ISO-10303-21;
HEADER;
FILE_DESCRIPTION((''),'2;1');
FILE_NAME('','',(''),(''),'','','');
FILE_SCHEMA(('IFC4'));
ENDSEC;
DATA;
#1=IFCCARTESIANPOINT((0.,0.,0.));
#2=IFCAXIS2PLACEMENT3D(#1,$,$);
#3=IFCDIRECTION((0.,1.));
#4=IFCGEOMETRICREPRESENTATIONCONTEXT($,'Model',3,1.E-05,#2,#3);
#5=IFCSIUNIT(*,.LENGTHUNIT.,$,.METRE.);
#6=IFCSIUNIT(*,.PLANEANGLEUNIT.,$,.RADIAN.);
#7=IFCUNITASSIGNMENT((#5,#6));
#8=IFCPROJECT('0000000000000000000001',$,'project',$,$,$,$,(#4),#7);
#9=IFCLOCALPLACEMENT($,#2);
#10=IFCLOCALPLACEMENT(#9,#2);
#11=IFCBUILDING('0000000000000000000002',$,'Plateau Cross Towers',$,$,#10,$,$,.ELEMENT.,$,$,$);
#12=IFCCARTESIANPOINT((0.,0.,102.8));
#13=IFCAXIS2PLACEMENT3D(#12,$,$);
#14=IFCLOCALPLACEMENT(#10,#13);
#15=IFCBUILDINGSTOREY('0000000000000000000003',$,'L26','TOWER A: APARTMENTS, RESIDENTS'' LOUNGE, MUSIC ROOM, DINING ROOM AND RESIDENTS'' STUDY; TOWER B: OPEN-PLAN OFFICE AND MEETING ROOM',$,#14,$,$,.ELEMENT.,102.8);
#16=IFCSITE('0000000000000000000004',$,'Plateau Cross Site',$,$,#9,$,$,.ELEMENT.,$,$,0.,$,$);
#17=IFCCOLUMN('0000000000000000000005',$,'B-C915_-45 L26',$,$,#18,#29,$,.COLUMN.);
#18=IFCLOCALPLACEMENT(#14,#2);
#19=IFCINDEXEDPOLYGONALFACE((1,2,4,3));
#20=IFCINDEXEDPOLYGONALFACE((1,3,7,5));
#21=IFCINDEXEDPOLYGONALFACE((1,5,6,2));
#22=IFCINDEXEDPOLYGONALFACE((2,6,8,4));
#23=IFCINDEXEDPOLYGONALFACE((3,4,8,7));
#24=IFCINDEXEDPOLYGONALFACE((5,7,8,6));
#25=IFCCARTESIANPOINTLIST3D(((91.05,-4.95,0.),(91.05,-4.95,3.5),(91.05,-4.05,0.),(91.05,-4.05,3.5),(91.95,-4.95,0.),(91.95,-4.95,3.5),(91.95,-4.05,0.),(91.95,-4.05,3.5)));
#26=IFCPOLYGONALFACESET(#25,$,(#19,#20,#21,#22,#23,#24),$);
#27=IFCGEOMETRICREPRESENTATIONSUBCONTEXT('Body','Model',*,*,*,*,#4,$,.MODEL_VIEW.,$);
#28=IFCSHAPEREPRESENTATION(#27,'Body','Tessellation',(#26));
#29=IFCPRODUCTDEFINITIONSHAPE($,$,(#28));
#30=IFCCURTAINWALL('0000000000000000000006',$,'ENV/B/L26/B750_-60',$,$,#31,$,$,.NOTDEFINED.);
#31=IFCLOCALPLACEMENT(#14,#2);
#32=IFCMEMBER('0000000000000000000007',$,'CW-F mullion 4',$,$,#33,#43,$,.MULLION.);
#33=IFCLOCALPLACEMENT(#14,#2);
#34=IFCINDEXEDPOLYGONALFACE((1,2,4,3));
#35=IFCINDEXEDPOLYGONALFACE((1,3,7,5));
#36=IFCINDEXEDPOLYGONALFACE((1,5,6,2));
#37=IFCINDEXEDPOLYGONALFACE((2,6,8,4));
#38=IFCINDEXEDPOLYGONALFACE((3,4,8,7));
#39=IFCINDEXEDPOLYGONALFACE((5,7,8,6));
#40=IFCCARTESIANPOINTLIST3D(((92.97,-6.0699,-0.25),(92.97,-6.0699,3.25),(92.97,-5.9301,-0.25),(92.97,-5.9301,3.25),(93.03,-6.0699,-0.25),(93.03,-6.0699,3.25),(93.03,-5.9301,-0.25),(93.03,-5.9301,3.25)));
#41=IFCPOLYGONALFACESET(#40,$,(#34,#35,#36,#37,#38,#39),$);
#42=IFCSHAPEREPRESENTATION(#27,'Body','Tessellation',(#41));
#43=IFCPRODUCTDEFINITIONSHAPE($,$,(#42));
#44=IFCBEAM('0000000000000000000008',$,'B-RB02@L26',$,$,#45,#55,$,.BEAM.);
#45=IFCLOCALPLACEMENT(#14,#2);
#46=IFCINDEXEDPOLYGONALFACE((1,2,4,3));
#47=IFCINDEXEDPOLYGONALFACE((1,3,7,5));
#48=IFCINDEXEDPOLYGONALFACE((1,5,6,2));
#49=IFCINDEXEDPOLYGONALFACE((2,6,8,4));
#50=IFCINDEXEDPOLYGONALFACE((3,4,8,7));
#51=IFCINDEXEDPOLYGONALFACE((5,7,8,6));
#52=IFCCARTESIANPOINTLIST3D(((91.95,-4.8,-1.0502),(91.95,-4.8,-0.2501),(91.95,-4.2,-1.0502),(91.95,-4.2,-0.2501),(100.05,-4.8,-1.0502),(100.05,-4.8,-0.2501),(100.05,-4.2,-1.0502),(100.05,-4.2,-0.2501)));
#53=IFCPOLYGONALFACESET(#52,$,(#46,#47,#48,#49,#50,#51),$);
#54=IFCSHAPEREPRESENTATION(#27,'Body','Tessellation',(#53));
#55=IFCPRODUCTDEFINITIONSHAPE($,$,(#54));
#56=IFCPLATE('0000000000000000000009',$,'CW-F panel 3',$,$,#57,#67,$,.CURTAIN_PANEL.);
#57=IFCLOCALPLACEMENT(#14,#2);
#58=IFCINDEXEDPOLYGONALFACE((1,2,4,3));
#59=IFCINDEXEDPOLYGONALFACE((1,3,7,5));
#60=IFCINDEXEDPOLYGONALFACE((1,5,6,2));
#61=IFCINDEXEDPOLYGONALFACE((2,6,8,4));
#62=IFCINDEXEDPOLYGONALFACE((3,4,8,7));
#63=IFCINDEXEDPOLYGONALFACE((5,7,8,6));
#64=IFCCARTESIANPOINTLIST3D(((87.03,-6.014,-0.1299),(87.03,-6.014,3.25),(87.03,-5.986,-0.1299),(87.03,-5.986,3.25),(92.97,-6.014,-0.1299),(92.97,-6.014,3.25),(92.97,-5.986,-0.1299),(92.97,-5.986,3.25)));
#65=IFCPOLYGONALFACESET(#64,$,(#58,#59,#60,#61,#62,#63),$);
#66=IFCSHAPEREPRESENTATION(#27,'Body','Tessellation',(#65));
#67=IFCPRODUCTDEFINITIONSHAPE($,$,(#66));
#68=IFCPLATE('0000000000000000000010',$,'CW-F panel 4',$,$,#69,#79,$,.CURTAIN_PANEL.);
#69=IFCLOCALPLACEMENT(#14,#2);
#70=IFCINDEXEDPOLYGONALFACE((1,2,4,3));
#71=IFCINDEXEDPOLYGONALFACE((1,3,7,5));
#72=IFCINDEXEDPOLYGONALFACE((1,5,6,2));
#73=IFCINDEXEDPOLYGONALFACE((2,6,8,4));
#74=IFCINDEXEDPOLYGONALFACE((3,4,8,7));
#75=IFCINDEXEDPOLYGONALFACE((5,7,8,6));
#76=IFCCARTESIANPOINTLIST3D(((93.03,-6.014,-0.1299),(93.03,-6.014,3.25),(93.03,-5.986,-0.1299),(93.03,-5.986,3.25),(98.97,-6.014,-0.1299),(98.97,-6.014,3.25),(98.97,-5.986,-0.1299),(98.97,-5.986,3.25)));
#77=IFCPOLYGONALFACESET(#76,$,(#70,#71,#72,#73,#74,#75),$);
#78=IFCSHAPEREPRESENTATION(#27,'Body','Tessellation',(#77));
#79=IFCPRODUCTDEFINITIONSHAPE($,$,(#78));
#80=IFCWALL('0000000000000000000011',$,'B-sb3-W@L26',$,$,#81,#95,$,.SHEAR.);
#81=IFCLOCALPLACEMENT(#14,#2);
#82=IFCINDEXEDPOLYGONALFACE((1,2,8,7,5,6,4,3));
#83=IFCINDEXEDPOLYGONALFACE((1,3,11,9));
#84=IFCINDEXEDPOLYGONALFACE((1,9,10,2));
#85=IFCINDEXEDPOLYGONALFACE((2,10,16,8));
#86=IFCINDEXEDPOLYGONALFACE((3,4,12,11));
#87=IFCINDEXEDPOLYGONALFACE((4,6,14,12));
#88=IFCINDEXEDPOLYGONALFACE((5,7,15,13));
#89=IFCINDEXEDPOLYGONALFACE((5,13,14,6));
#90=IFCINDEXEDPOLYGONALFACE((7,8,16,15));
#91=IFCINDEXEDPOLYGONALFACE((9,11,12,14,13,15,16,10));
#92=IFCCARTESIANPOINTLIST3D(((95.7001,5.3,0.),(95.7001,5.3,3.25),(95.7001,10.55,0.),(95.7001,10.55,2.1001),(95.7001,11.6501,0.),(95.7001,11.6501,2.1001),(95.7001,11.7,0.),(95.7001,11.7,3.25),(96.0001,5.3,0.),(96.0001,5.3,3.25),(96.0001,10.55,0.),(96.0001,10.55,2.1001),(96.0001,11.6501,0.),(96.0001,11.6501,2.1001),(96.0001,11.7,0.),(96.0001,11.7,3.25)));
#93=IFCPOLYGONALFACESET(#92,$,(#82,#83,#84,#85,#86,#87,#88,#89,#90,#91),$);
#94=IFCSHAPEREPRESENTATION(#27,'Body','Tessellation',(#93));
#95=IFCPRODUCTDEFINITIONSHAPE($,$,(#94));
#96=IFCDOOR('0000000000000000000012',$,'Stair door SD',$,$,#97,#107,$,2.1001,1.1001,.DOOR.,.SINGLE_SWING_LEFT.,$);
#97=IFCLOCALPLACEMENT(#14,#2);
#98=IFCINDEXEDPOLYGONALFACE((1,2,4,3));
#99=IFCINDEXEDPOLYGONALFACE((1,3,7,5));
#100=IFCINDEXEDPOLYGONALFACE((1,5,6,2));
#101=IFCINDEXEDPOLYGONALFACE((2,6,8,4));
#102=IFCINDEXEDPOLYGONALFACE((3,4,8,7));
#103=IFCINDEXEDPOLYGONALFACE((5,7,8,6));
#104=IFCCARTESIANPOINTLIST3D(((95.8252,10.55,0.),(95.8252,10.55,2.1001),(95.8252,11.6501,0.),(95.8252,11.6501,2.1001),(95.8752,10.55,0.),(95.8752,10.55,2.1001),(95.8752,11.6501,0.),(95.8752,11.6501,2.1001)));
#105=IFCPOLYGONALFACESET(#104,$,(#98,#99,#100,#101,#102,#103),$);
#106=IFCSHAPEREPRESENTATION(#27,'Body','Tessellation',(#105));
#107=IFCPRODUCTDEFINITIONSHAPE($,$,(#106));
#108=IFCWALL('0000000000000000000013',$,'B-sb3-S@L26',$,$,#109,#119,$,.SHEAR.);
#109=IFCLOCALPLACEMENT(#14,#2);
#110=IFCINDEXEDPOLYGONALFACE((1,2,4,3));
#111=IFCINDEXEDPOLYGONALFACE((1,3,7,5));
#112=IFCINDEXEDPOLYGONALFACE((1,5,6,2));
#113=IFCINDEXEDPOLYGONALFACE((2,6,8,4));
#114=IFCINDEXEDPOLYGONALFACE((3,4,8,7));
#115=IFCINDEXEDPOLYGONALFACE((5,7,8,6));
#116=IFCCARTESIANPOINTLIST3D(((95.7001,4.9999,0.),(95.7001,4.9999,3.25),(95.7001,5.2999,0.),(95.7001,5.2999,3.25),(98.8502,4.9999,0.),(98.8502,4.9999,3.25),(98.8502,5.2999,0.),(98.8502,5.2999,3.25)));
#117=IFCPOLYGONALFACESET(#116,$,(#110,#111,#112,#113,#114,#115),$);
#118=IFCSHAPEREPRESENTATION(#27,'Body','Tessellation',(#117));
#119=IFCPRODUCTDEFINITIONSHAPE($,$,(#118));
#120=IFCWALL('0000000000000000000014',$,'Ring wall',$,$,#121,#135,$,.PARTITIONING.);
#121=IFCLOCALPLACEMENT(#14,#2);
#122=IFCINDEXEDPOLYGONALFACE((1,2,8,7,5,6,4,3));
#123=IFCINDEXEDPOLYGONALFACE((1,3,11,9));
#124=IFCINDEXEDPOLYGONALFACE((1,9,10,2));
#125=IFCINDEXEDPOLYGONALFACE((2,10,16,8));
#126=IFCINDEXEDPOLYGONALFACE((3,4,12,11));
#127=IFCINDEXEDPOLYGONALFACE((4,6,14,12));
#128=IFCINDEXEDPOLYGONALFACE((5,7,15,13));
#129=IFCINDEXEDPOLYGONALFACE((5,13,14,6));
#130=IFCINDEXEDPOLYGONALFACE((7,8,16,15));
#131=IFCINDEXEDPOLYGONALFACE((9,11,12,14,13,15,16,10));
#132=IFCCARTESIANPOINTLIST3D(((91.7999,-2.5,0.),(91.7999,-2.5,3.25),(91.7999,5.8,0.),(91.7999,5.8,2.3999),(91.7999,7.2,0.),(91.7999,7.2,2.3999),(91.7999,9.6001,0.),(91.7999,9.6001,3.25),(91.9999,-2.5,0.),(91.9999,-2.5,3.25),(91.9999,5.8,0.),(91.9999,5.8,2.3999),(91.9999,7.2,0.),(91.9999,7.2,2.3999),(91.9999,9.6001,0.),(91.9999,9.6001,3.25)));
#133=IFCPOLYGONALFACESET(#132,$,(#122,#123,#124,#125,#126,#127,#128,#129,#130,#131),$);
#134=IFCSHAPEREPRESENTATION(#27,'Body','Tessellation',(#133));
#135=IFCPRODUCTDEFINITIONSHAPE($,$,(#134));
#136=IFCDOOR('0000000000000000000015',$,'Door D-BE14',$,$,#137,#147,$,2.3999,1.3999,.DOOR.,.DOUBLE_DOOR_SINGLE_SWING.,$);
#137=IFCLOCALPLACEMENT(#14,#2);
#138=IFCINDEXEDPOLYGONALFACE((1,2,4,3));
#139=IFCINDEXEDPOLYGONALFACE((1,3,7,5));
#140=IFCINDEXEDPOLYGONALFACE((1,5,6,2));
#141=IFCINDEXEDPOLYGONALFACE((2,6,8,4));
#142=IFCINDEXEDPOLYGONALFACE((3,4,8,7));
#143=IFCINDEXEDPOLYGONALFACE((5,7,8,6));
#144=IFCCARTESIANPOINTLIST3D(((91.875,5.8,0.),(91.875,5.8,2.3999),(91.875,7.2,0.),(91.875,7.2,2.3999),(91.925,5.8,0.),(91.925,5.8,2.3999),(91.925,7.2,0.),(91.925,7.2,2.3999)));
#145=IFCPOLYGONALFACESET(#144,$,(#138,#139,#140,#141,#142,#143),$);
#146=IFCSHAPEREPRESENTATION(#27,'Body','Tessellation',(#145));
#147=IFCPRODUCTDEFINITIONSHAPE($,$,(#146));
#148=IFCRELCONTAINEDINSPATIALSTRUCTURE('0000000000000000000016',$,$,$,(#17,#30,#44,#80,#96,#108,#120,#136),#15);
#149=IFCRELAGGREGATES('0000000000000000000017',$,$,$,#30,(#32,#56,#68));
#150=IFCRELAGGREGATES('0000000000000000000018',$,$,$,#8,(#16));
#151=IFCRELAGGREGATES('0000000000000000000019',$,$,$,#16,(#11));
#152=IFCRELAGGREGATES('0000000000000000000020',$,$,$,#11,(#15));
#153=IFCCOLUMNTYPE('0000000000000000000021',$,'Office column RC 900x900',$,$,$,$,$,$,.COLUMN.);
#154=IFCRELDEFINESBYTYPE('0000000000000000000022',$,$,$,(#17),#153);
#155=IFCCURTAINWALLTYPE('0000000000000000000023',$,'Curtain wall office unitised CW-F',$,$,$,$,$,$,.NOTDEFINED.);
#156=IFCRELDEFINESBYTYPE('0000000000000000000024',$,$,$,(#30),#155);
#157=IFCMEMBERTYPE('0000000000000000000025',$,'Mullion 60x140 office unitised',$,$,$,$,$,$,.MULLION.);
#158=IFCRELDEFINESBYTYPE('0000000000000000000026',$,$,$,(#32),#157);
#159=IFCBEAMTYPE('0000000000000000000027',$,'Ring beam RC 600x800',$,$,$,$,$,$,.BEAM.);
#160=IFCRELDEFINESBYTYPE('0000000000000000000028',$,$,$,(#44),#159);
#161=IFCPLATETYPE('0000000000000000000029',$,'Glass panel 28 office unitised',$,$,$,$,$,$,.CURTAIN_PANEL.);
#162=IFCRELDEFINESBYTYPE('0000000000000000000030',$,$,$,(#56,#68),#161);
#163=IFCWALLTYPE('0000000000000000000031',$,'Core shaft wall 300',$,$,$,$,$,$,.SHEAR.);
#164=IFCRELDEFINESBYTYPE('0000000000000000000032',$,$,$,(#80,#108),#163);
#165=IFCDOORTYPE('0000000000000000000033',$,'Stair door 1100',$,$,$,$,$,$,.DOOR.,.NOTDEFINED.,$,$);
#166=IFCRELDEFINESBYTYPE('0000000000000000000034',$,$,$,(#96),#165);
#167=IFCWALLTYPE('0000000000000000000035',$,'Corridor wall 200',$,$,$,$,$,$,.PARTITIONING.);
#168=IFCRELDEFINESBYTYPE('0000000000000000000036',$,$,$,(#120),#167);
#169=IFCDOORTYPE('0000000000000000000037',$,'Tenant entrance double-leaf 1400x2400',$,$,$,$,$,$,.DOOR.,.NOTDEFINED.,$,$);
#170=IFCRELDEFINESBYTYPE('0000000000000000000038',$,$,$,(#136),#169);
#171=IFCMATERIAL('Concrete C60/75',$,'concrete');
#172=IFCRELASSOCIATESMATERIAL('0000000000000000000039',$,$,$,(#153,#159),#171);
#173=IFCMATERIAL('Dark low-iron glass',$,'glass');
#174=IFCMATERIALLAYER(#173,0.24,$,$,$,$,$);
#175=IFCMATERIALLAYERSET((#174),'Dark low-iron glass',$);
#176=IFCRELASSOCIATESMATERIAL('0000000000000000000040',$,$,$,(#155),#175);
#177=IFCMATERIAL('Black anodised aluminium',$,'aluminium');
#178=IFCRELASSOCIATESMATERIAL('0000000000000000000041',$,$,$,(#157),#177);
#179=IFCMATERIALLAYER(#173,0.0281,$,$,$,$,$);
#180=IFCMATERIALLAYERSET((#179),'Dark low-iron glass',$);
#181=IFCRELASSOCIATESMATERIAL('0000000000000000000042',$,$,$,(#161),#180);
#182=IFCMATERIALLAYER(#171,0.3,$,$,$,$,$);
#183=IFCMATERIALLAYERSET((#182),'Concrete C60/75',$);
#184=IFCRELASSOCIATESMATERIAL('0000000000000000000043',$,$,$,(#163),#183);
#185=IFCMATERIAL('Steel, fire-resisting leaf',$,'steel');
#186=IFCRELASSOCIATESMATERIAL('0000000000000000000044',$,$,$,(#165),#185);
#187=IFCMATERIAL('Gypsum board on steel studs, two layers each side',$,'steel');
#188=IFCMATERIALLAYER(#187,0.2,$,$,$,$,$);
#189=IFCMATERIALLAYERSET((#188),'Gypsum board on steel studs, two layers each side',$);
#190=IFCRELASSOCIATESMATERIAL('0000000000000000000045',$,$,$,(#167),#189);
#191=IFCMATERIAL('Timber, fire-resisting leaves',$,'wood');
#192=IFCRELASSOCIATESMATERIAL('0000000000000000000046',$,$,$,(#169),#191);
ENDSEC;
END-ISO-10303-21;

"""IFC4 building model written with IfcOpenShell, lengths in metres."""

from ifc_helpers import new_model, si_unit, direction, frame, frame_2d, origin, origin_2d, place, context, subcontext, project, spatial, rectangle, extrude, material, layer, layer_set, material_profile, profile_set, type_object, element, fill, aggregate, save


model = new_model("IFC4")

# Units and contexts
model_context = context("Model", 3, precision=1e-05, world=origin(), true_north=direction((0.0, 1.0)))
body_context = subcontext(model_context, "Body", "Model", "MODEL_VIEW")
ifc_project = project(units=[si_unit("LENGTHUNIT", "METRE"), si_unit("PLANEANGLEUNIT", "RADIAN")], contexts=[model_context])

# Site, building, storey
site_placement = place(None, origin())
site = spatial("IfcSite", under=ifc_project, at=site_placement, Name="Plateau Cross Site", CompositionType="ELEMENT", RefElevation=0.0)
building_placement = place(site_placement, origin())
building = spatial("IfcBuilding", under=site, at=building_placement, Name="Plateau Cross Towers", CompositionType="ELEMENT")
storey_placement = place(building_placement, frame((0.0, 0.0, 102.8)))
storey = spatial("IfcBuildingStorey", under=building, at=storey_placement, Name="L26", Description="TOWER A: APARTMENTS, RESIDENTS' LOUNGE, MUSIC ROOM, DINING ROOM AND RESIDENTS' STUDY; TOWER B: OPEN-PLAN OFFICE AND MEETING ROOM", CompositionType="ELEMENT", Elevation=102.8)

# Column
ifc_material_1 = material(Name="Concrete C60/75", Category="concrete")
ifc_material_profile_1 = material_profile(ifc_material_1, rectangle(XDim=0.8999, YDim=0.8999, at=origin_2d()), Name="RC 900x900")
ifc_profile_set_1 = profile_set([ifc_material_profile_1], Name="Concrete C60/75")
column_type = type_object("IfcColumnType", Name="Office column RC 900x900", PredefinedType="COLUMN", material=ifc_profile_set_1)
column_placement = place(storey_placement, frame((91.5, -4.5, 0.0), z_axis=(0.0, 0.0, 1.0), x_axis=(1.0, 0.0, 0.0)))
element("IfcColumn", 1, at=column_placement, inside=storey, type_object=column_type, Name="B-C915_-45 L26", PredefinedType="COLUMN", context=body_context, shape_type="SweptSolid", body=[
    extrude(rectangle(XDim=0.8999, YDim=0.8999, at=origin_2d()), origin(), (0.0, 0.0, 1.0), 3.5),
])

# Curtain wall, member
ifc_material_2 = material(Name="Dark low-iron glass", Category="glass")
ifc_layer_1 = layer(ifc_material_2, 0.24)
ifc_layer_set_1 = layer_set([ifc_layer_1], Name="Dark low-iron glass")
curtain_wall_type = type_object("IfcCurtainWallType", Name="Curtain wall office unitised CW-F", PredefinedType="NOTDEFINED", material=ifc_layer_set_1)
curtain_wall_placement = place(storey_placement, origin())
curtain_wall = element("IfcCurtainWall", 2, at=curtain_wall_placement, inside=storey, type_object=curtain_wall_type, Name="ENV/B/L26/B750_-60", PredefinedType="NOTDEFINED")
ifc_material_3 = material(Name="Black anodised aluminium", Category="aluminium")
ifc_material_profile_2 = material_profile(ifc_material_3, rectangle(XDim=0.0601, YDim=0.1399, at=origin_2d()), Name="MULLION 60x140")
ifc_profile_set_2 = profile_set([ifc_material_profile_2], Name="Black anodised aluminium")
member_type = type_object("IfcMemberType", Name="Mullion 60x140 office unitised", PredefinedType="MULLION", material=ifc_profile_set_2)
member_placement = place(storey_placement, frame((93.0, -6.0, -0.25), z_axis=(0.0, 0.0, 1.0), x_axis=(1.0, 0.0, 0.0)))
member = element("IfcMember", 3, at=member_placement, type_object=member_type, Name="CW-F mullion 4", PredefinedType="MULLION", context=body_context, shape_type="SweptSolid", body=[
    extrude(rectangle(XDim=0.0601, YDim=0.1399, at=origin_2d()), origin(), (0.0, 0.0, 1.0), 3.5),
])

# Beam
ifc_material_profile_3 = material_profile(ifc_material_1, rectangle(XDim=0.6001, YDim=0.8, at=origin_2d()), Name="RC 600x800")
ifc_profile_set_3 = profile_set([ifc_material_profile_3], Name="Concrete C60/75")
beam_type = type_object("IfcBeamType", Name="Ring beam RC 600x800", PredefinedType="BEAM", material=ifc_profile_set_3)
beam_placement = place(storey_placement, frame((91.95, -4.5, -0.6501), z_axis=(1.0, 0.0, 0.0), x_axis=(0.0, 1.0, 0.0)))
element("IfcBeam", 4, at=beam_placement, inside=storey, type_object=beam_type, Name="B-RB02@L26", PredefinedType="BEAM", context=body_context, shape_type="SweptSolid", body=[
    extrude(rectangle(XDim=0.6001, YDim=0.8, at=origin_2d()), origin(), (0.0, 0.0, 1.0), 8.1001),
])

# Plates
ifc_layer_2 = layer(ifc_material_2, 0.0281)
ifc_layer_set_2 = layer_set([ifc_layer_2], Name="Dark low-iron glass")
plate_type = type_object("IfcPlateType", Name="Glass panel 28 office unitised", PredefinedType="CURTAIN_PANEL", material=ifc_layer_set_2)
plate_1_placement = place(storey_placement, frame((90.0, -6.0, -0.1299), z_axis=(0.0, 0.0, 1.0), x_axis=(1.0, 0.0, 0.0)))
plate_1 = element("IfcPlate", 5, at=plate_1_placement, type_object=plate_type, Name="CW-F panel 3", PredefinedType="CURTAIN_PANEL", context=body_context, shape_type="SweptSolid", body=[
    extrude(rectangle(XDim=5.9399, YDim=0.0281, at=origin_2d()), origin(), (0.0, 0.0, 1.0), 3.3799),
])
plate_2_placement = place(storey_placement, frame((96.0, -6.0, -0.1299), z_axis=(0.0, 0.0, 1.0), x_axis=(1.0, 0.0, 0.0)))
plate_2 = element("IfcPlate", 6, at=plate_2_placement, type_object=plate_type, Name="CW-F panel 4", PredefinedType="CURTAIN_PANEL", context=body_context, shape_type="SweptSolid", body=[
    extrude(rectangle(XDim=5.9399, YDim=0.0281, at=origin_2d()), origin(), (0.0, 0.0, 1.0), 3.3799),
])
aggregate(curtain_wall, [member, plate_1, plate_2])

# Wall, opening, door
ifc_layer_3 = layer(ifc_material_1, 0.3)
ifc_layer_set_3 = layer_set([ifc_layer_3], Name="Concrete C60/75")
wall_type_1 = type_object("IfcWallType", Name="Core shaft wall 300", PredefinedType="SHEAR", material=ifc_layer_set_3)
wall_1_placement = place(storey_placement, frame((95.8501, 5.3, 0.0), z_axis=(0.0, 0.0, 1.0), x_axis=(0.0, 1.0, 0.0)))
wall_1 = element("IfcWall", 7, at=wall_1_placement, inside=storey, type_object=wall_type_1, Name="B-sb3-W@L26", PredefinedType="SHEAR", context=body_context, shape_type="SweptSolid", body=[
    extrude(rectangle(XDim=6.3999, YDim=0.3, at=frame_2d((3.2, 0.0))), origin(), (0.0, 0.0, 1.0), 3.25),
])
opening_1_placement = place(wall_1_placement, frame((5.25, 0.0, 0.0)))
opening_1 = element("IfcOpeningElement", 8, at=opening_1_placement, cuts=wall_1, PredefinedType="OPENING", context=body_context, shape_type="SweptSolid", body=[
    extrude(rectangle(XDim=1.1001, YDim=2.1001, at=frame_2d((0.55, 1.05))), frame((0.0, 0.1599, 0.0), z_axis=(0.0, -1.0, 0.0), x_axis=(1.0, 0.0, 0.0)), (0.0, 0.0, 1.0), 0.3201),
])
ifc_material_4 = material(Name="Steel, fire-resisting leaf", Category="steel")
door_type_1 = type_object("IfcDoorType", Name="Stair door 1100", OperationType="NOTDEFINED", PredefinedType="DOOR", material=ifc_material_4)
door_1_placement = place(opening_1_placement, origin())
door_1 = element("IfcDoor", 9, at=door_1_placement, inside=storey, type_object=door_type_1, Name="Stair door SD", OperationType="SINGLE_SWING_LEFT", OverallHeight=2.1001, OverallWidth=1.1001, PredefinedType="DOOR", context=body_context, shape_type="SweptSolid", body=[
    extrude(rectangle(XDim=1.1001, YDim=2.1001, at=frame_2d((0.55, 1.05))), frame((0.0, 0.0249, 0.0), z_axis=(0.0, -1.0, 0.0), x_axis=(1.0, 0.0, 0.0)), (0.0, 0.0, 1.0), 0.05),
])
fill(opening_1, door_1)

# Wall
wall_2_placement = place(storey_placement, frame((95.7, 5.1499, 0.0), z_axis=(0.0, 0.0, 1.0), x_axis=(1.0, 0.0, 0.0)))
element("IfcWall", 10, at=wall_2_placement, inside=storey, type_object=wall_type_1, Name="B-sb3-S@L26", PredefinedType="SHEAR", context=body_context, shape_type="SweptSolid", body=[
    extrude(rectangle(XDim=3.1501, YDim=0.3, at=frame_2d((1.5752, 0.0))), origin(), (0.0, 0.0, 1.0), 3.25),
])

# Wall, opening, door
ifc_material_5 = material(Name="Gypsum board on steel studs, two layers each side", Category="steel")
ifc_layer_4 = layer(ifc_material_5, 0.2)
ifc_layer_set_4 = layer_set([ifc_layer_4], Name="Gypsum board on steel studs, two layers each side")
wall_type_2 = type_object("IfcWallType", Name="Corridor wall 200", PredefinedType="PARTITIONING", material=ifc_layer_set_4)
wall_3_placement = place(storey_placement, frame((91.8999, -2.5, 0.0), z_axis=(0.0, 0.0, 1.0), x_axis=(0.0, 1.0, 0.0)))
wall_3 = element("IfcWall", 11, at=wall_3_placement, inside=storey, type_object=wall_type_2, Name="Ring wall", PredefinedType="PARTITIONING", context=body_context, shape_type="SweptSolid", body=[
    extrude(rectangle(XDim=12.1001, YDim=0.2, at=frame_2d((6.05, 0.0))), origin(), (0.0, 0.0, 1.0), 3.25),
])
opening_2_placement = place(wall_3_placement, frame((8.3, 0.0, 0.0)))
opening_2 = element("IfcOpeningElement", 12, at=opening_2_placement, cuts=wall_3, PredefinedType="OPENING", context=body_context, shape_type="SweptSolid", body=[
    extrude(rectangle(XDim=1.3999, YDim=2.3999, at=frame_2d((0.7, 1.2))), frame((0.0, 0.1099, 0.0), z_axis=(0.0, -1.0, 0.0), x_axis=(1.0, 0.0, 0.0)), (0.0, 0.0, 1.0), 0.22),
])
ifc_material_6 = material(Name="Timber, fire-resisting leaves", Category="wood")
door_type_2 = type_object("IfcDoorType", Name="Tenant entrance double-leaf 1400x2400", OperationType="NOTDEFINED", PredefinedType="DOOR", material=ifc_material_6)
door_2_placement = place(opening_2_placement, origin())
door_2 = element("IfcDoor", 13, at=door_2_placement, inside=storey, type_object=door_type_2, Name="Door D-BE14", OperationType="DOUBLE_DOOR_SINGLE_SWING", OverallHeight=2.3999, OverallWidth=1.3999, PredefinedType="DOOR", context=body_context, shape_type="SweptSolid", body=[
    extrude(rectangle(XDim=1.3999, YDim=2.3999, at=frame_2d((0.7, 1.2))), frame((0.0, 0.0249, 0.0), z_axis=(0.0, -1.0, 0.0), x_axis=(1.0, 0.0, 0.0)), (0.0, 0.0, 1.0), 0.05),
])
fill(opening_2, door_2)

save(model, "model.ifc")
